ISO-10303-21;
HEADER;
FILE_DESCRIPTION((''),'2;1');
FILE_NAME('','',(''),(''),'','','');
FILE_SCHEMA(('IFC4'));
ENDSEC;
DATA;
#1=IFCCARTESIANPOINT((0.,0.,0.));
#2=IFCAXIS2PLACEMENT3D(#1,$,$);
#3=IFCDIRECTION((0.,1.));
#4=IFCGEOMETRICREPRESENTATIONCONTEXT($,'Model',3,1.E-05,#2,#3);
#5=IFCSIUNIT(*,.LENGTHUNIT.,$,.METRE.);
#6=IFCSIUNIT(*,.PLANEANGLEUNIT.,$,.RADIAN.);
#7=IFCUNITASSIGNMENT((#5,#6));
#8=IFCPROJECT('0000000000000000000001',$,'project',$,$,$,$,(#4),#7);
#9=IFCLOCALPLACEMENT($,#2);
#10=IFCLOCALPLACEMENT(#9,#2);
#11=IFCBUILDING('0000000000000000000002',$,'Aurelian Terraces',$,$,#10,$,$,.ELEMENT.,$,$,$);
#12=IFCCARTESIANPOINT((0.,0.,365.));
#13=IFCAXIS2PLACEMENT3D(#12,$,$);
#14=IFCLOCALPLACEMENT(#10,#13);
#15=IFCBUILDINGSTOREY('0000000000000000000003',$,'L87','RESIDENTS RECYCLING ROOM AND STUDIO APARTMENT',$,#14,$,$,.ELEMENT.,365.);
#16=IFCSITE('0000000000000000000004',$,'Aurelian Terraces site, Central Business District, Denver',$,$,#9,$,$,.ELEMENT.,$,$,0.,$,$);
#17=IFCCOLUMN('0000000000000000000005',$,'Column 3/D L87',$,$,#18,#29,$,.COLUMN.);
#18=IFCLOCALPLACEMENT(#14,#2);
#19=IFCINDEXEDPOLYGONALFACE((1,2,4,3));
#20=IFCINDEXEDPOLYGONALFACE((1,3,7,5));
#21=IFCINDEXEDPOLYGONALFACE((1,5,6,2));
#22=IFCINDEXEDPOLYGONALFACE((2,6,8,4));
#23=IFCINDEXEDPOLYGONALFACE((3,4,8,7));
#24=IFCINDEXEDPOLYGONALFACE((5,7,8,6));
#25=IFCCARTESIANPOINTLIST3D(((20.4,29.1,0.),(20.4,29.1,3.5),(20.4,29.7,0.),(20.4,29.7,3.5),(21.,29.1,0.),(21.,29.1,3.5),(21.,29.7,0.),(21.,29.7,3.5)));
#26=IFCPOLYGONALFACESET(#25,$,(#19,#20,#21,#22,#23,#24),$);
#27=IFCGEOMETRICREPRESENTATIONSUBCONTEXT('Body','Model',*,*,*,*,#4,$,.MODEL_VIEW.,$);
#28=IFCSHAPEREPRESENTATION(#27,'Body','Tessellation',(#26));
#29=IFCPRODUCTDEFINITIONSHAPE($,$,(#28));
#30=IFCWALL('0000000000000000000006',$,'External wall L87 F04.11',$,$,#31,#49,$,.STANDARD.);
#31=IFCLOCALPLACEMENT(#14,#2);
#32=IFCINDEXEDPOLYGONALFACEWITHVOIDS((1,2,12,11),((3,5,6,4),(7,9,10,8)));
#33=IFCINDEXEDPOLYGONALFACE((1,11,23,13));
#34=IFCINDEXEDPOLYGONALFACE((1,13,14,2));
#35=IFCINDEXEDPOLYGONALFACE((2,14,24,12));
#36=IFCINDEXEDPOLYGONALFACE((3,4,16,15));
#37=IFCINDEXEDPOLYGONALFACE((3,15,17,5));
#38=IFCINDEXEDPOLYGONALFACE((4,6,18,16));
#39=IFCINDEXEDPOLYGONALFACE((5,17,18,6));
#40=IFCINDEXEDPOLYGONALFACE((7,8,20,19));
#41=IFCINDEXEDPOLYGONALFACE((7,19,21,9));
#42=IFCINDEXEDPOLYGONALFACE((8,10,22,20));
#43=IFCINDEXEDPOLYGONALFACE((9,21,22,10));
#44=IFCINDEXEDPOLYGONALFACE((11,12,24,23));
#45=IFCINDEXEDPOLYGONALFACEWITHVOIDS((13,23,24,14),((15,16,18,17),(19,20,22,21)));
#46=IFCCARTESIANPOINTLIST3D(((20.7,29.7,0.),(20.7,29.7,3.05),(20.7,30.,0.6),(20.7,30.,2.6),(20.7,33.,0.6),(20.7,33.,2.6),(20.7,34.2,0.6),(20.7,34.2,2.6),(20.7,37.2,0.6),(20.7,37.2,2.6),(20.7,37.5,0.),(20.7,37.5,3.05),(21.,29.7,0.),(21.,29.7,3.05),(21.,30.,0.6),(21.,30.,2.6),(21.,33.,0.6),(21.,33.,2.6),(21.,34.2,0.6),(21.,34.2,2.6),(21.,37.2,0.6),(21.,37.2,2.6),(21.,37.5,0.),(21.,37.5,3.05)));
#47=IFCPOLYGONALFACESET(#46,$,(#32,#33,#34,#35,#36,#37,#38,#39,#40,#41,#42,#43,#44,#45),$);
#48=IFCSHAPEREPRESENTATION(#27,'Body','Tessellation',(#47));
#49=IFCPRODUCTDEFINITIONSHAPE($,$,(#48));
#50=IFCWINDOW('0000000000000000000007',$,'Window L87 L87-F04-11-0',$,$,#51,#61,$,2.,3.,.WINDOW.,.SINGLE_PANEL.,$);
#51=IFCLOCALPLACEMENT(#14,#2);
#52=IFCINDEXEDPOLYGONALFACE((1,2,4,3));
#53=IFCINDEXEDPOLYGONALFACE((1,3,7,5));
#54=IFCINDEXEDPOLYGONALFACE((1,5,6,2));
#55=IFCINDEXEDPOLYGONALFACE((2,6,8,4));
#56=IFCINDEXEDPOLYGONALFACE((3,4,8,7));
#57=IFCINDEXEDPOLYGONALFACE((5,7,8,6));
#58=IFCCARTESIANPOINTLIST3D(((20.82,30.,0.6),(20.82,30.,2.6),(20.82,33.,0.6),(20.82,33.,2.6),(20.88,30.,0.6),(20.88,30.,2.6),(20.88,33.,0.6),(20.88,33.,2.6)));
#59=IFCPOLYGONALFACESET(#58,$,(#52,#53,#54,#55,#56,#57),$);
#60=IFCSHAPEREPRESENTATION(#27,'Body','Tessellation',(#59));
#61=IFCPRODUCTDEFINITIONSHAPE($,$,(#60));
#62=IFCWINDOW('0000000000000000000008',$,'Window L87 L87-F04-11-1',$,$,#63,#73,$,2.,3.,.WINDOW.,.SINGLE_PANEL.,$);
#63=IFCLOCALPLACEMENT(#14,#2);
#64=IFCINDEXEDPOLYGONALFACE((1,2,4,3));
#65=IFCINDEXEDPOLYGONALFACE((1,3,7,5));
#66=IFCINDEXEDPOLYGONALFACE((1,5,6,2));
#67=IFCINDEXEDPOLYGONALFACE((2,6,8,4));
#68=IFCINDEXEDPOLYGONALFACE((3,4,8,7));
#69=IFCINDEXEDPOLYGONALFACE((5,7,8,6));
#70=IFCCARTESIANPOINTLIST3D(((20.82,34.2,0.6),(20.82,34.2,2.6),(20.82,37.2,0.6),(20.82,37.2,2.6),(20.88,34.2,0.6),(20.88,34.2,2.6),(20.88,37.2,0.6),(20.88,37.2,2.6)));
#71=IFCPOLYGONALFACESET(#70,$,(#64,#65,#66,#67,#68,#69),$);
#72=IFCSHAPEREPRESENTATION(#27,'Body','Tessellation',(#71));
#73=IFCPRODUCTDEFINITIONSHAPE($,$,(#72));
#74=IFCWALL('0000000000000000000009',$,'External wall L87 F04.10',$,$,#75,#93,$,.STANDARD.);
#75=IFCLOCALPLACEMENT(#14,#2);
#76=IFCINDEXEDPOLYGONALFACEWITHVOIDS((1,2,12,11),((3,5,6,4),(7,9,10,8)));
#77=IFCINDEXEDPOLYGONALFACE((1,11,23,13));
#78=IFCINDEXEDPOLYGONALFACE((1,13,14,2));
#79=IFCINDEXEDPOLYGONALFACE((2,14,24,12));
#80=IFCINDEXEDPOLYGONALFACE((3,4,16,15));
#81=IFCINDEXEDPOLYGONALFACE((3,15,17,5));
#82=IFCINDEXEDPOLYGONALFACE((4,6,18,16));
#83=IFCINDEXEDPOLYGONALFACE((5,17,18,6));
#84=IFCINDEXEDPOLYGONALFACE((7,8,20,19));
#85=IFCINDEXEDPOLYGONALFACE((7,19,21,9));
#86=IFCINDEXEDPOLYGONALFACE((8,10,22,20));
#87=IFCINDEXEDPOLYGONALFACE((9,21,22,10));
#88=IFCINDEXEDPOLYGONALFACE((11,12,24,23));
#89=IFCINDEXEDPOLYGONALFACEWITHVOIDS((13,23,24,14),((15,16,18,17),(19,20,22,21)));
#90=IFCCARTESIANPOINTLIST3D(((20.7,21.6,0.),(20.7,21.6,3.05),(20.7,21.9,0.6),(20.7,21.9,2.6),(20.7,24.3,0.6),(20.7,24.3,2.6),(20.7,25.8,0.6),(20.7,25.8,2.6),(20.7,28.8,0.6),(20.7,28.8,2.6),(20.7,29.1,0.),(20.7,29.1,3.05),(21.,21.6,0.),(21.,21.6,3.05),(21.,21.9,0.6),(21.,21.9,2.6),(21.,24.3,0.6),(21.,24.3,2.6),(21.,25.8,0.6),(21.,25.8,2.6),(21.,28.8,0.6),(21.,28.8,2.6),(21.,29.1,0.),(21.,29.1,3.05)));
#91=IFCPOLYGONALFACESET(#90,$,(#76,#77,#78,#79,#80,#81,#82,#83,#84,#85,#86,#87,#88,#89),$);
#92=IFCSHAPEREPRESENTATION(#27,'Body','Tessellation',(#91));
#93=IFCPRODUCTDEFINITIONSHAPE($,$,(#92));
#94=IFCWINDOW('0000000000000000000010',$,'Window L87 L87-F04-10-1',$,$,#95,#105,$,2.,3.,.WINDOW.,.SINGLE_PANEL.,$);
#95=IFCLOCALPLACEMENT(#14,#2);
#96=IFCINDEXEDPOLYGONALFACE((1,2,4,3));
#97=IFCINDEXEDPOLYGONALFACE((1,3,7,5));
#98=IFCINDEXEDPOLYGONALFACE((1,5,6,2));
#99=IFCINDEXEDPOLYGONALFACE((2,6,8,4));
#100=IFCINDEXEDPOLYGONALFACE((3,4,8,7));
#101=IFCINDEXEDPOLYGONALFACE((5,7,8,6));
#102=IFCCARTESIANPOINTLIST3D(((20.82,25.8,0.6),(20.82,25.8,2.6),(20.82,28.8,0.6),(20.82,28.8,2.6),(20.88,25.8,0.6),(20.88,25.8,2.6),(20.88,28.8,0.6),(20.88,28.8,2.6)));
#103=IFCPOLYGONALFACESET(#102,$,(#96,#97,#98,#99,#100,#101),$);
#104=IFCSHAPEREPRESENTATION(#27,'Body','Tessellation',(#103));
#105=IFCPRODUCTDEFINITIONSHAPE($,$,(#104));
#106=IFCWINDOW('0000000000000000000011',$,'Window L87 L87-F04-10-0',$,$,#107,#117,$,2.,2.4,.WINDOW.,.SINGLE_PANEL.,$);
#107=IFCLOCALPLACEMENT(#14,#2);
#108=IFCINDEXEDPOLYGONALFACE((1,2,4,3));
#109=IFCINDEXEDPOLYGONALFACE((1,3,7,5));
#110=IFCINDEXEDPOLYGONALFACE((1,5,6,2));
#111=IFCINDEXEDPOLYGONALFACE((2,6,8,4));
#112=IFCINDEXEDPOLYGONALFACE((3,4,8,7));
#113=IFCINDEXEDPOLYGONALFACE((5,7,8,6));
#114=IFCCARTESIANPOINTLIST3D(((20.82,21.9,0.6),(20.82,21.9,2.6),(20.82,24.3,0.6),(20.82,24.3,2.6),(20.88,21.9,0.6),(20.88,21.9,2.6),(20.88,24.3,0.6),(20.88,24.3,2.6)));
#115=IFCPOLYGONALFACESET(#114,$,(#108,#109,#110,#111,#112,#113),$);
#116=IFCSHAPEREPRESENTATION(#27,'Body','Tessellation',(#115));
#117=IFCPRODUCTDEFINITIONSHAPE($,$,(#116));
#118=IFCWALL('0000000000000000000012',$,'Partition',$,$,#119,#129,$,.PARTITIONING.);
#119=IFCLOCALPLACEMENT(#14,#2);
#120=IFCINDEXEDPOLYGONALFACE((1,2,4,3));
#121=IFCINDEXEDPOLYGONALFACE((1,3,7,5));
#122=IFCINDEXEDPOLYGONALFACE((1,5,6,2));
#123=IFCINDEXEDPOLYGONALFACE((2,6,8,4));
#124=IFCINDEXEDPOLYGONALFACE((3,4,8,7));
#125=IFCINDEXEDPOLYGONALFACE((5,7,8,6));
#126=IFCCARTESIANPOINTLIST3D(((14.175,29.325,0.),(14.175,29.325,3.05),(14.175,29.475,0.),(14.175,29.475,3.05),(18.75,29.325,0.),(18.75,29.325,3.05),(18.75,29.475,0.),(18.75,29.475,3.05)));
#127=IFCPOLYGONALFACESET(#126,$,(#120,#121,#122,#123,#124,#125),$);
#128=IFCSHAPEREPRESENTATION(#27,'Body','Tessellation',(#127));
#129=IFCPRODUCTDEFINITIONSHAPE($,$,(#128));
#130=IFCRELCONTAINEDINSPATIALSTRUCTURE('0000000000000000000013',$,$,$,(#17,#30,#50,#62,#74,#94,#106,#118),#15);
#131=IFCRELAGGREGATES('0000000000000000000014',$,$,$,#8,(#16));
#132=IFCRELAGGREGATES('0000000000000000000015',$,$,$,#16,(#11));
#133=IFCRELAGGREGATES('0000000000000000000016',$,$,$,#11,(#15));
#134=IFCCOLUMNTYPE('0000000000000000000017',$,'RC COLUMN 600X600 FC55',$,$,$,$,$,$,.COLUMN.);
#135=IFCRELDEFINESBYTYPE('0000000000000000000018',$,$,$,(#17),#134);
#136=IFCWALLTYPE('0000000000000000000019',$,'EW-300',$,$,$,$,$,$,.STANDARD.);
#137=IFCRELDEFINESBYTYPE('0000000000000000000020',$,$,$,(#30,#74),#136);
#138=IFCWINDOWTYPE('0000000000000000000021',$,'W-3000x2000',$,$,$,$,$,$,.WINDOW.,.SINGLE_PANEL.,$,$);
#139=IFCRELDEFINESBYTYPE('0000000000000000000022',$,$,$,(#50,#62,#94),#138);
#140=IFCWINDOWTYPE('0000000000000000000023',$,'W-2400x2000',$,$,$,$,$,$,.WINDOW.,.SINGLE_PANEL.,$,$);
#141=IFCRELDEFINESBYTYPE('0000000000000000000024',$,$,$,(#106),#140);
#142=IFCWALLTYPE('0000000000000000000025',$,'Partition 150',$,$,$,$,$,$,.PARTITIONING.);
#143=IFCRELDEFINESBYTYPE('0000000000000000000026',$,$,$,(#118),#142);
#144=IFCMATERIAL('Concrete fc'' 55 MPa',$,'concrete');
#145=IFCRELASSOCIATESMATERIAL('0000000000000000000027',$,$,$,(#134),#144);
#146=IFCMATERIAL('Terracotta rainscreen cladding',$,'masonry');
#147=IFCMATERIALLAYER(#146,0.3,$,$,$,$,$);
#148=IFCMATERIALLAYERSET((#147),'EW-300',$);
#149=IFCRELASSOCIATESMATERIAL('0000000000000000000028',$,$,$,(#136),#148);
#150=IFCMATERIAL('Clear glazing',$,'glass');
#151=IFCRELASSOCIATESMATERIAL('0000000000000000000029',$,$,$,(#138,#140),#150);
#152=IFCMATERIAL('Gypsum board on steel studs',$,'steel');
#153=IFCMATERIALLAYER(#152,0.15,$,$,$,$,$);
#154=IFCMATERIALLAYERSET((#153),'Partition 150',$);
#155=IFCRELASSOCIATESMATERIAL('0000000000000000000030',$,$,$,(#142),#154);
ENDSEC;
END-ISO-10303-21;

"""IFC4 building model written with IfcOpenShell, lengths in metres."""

from ifc_helpers import new_model, si_unit, direction, frame, frame_2d, origin, origin_2d, place, context, subcontext, project, spatial, rectangle, extrude, source, transform, mapped, material, layer, layer_set, material_profile, profile_set, type_object, element, fill, save


model = new_model("IFC4")

# Units and contexts
model_context = context("Model", 3, precision=1e-05, world=origin(), true_north=direction((0.0, 1.0)))
body_context = subcontext(model_context, "Body", "Model", "MODEL_VIEW")
ifc_project = project(units=[si_unit("LENGTHUNIT", "METRE"), si_unit("PLANEANGLEUNIT", "RADIAN")], contexts=[model_context])

# Site, building, storey
site_placement = place(None, origin())
site = spatial("IfcSite", under=ifc_project, at=site_placement, Name="Aurelian Terraces site, Central Business District, Denver", CompositionType="ELEMENT", RefElevation=0.0)
building_placement = place(site_placement, origin())
building = spatial("IfcBuilding", under=site, at=building_placement, Name="Aurelian Terraces", CompositionType="ELEMENT")
storey_placement = place(building_placement, frame((0.0, 0.0, 365.0)))
storey = spatial("IfcBuildingStorey", under=building, at=storey_placement, Name="L87", Description="RESIDENTS RECYCLING ROOM AND STUDIO APARTMENT", CompositionType="ELEMENT", Elevation=365.0)

# Column
ifc_material_1 = material(Name="Concrete fc' 55 MPa", Category="concrete")
ifc_material_profile = material_profile(ifc_material_1, rectangle(XDim=0.6, YDim=0.6, at=origin_2d()))
ifc_profile_set = profile_set([ifc_material_profile], Name="Concrete fc' 55 MPa")
column_type = type_object("IfcColumnType", Name="RC COLUMN 600X600 FC55", PredefinedType="COLUMN", material=ifc_profile_set)
shared_shape_1 = source(origin(), body_context, "Body", "SweptSolid", [
    extrude(rectangle(XDim=0.6, YDim=0.6, at=origin_2d()), origin(), (0.0, 0.0, 1.0), 3.5),
])
column_placement = place(storey_placement, frame((20.7, 29.4, 0.0), z_axis=(0.0, 0.0, 1.0), x_axis=(1.0, 0.0, 0.0)))
element("IfcColumn", 1, at=column_placement, inside=storey, type_object=column_type, Name="Column 3/D L87", PredefinedType="COLUMN", context=body_context, shape_type="MappedRepresentation", body=[
    mapped(shared_shape_1, transform((0.0, 0.0, 0.0), scale=1.0)),
])

# Walls, openings, windows
ifc_material_2 = material(Name="Terracotta rainscreen cladding", Category="masonry")
ifc_layer_1 = layer(ifc_material_2, 0.3)
ifc_layer_set_1 = layer_set([ifc_layer_1], Name="EW-300")
wall_type_1 = type_object("IfcWallType", Name="EW-300", PredefinedType="STANDARD", material=ifc_layer_set_1)
shared_shape_2 = source(origin(), body_context, "Body", "SweptSolid", [
    extrude(rectangle(XDim=7.8, YDim=0.3, at=frame_2d((3.9, 0.0))), origin(), (0.0, 0.0, 1.0), 3.05),
])
wall_1_placement = place(storey_placement, frame((20.85, 29.7, 0.0), z_axis=(0.0, 0.0, 1.0), x_axis=(0.0, 1.0, 0.0)))
wall_1 = element("IfcWall", 2, at=wall_1_placement, inside=storey, type_object=wall_type_1, Name="External wall L87 F04.11", PredefinedType="STANDARD", context=body_context, shape_type="MappedRepresentation", body=[
    mapped(shared_shape_2, transform((0.0, 0.0, 0.0), scale=1.0)),
])
shared_shape_3 = source(origin(), body_context, "Body", "SweptSolid", [
    extrude(rectangle(XDim=3.0, YDim=2.0, at=frame_2d((1.5, 1.0))), frame((0.0, 0.16, 0.0), z_axis=(0.0, -1.0, 0.0), x_axis=(1.0, 0.0, 0.0)), (0.0, 0.0, 1.0), 0.32),
])
opening_1_placement = place(wall_1_placement, frame((0.3, 0.0, 0.6)))
opening_1 = element("IfcOpeningElement", 3, at=opening_1_placement, cuts=wall_1, PredefinedType="OPENING", context=body_context, shape_type="MappedRepresentation", body=[
    mapped(shared_shape_3, transform((0.0, 0.0, 0.0), scale=1.0)),
])
opening_2_placement = place(wall_1_placement, frame((4.5, 0.0, 0.6)))
opening_2 = element("IfcOpeningElement", 4, at=opening_2_placement, cuts=wall_1, PredefinedType="OPENING", context=body_context, shape_type="MappedRepresentation", body=[
    mapped(shared_shape_3, transform((0.0, 0.0, 0.0), scale=1.0)),
])
ifc_material_3 = material(Name="Clear glazing", Category="glass")
window_type_1 = type_object("IfcWindowType", Name="W-3000x2000", PartitioningType="SINGLE_PANEL", PredefinedType="WINDOW", material=ifc_material_3)
shared_shape_4 = source(origin(), body_context, "Body", "SweptSolid", [
    extrude(rectangle(XDim=3.0, YDim=2.0, at=frame_2d((1.5, 1.0))), frame((0.0, 0.03, 0.0), z_axis=(0.0, -1.0, 0.0), x_axis=(1.0, 0.0, 0.0)), (0.0, 0.0, 1.0), 0.06),
])
window_1_placement = place(opening_1_placement, origin())
window_1 = element("IfcWindow", 5, at=window_1_placement, inside=storey, type_object=window_type_1, Name="Window L87 L87-F04-11-0", OverallHeight=2.0, OverallWidth=3.0, PartitioningType="SINGLE_PANEL", PredefinedType="WINDOW", context=body_context, shape_type="MappedRepresentation", body=[
    mapped(shared_shape_4, transform((0.0, 0.0, 0.0), scale=1.0)),
])
fill(opening_1, window_1)
window_2_placement = place(opening_2_placement, origin())
window_2 = element("IfcWindow", 6, at=window_2_placement, inside=storey, type_object=window_type_1, Name="Window L87 L87-F04-11-1", OverallHeight=2.0, OverallWidth=3.0, PartitioningType="SINGLE_PANEL", PredefinedType="WINDOW", context=body_context, shape_type="MappedRepresentation", body=[
    mapped(shared_shape_4, transform((0.0, 0.0, 0.0), scale=1.0)),
])
fill(opening_2, window_2)
shared_shape_5 = source(origin(), body_context, "Body", "SweptSolid", [
    extrude(rectangle(XDim=7.5, YDim=0.3, at=frame_2d((3.75, 0.0))), origin(), (0.0, 0.0, 1.0), 3.05),
])
wall_2_placement = place(storey_placement, frame((20.85, 21.6, 0.0), z_axis=(0.0, 0.0, 1.0), x_axis=(0.0, 1.0, 0.0)))
wall_2 = element("IfcWall", 7, at=wall_2_placement, inside=storey, type_object=wall_type_1, Name="External wall L87 F04.10", PredefinedType="STANDARD", context=body_context, shape_type="MappedRepresentation", body=[
    mapped(shared_shape_5, transform((0.0, 0.0, 0.0), scale=1.0)),
])
shared_shape_6 = source(origin(), body_context, "Body", "SweptSolid", [
    extrude(rectangle(XDim=2.4, YDim=2.0, at=frame_2d((1.2, 1.0))), frame((0.0, 0.16, 0.0), z_axis=(0.0, -1.0, 0.0), x_axis=(1.0, 0.0, 0.0)), (0.0, 0.0, 1.0), 0.32),
])
opening_3_placement = place(wall_2_placement, frame((0.3, 0.0, 0.6)))
opening_3 = element("IfcOpeningElement", 8, at=opening_3_placement, cuts=wall_2, PredefinedType="OPENING", context=body_context, shape_type="MappedRepresentation", body=[
    mapped(shared_shape_6, transform((0.0, 0.0, 0.0), scale=1.0)),
])
opening_4_placement = place(wall_2_placement, frame((4.2, 0.0, 0.6)))
opening_4 = element("IfcOpeningElement", 9, at=opening_4_placement, cuts=wall_2, PredefinedType="OPENING", context=body_context, shape_type="MappedRepresentation", body=[
    mapped(shared_shape_3, transform((0.0, 0.0, 0.0), scale=1.0)),
])
window_3_placement = place(opening_4_placement, origin())
window_3 = element("IfcWindow", 10, at=window_3_placement, inside=storey, type_object=window_type_1, Name="Window L87 L87-F04-10-1", OverallHeight=2.0, OverallWidth=3.0, PartitioningType="SINGLE_PANEL", PredefinedType="WINDOW", context=body_context, shape_type="MappedRepresentation", body=[
    mapped(shared_shape_4, transform((0.0, 0.0, 0.0), scale=1.0)),
])
fill(opening_4, window_3)
window_type_2 = type_object("IfcWindowType", Name="W-2400x2000", PartitioningType="SINGLE_PANEL", PredefinedType="WINDOW", material=ifc_material_3)
shared_shape_7 = source(origin(), body_context, "Body", "SweptSolid", [
    extrude(rectangle(XDim=2.4, YDim=2.0, at=frame_2d((1.2, 1.0))), frame((0.0, 0.03, 0.0), z_axis=(0.0, -1.0, 0.0), x_axis=(1.0, 0.0, 0.0)), (0.0, 0.0, 1.0), 0.06),
])
window_4_placement = place(opening_3_placement, origin())
window_4 = element("IfcWindow", 11, at=window_4_placement, inside=storey, type_object=window_type_2, Name="Window L87 L87-F04-10-0", OverallHeight=2.0, OverallWidth=2.4, PartitioningType="SINGLE_PANEL", PredefinedType="WINDOW", context=body_context, shape_type="MappedRepresentation", body=[
    mapped(shared_shape_7, transform((0.0, 0.0, 0.0), scale=1.0)),
])
fill(opening_3, window_4)

# Wall
ifc_material_4 = material(Name="Gypsum board on steel studs", Category="steel")
ifc_layer_2 = layer(ifc_material_4, 0.15)
ifc_layer_set_2 = layer_set([ifc_layer_2], Name="Partition 150")
wall_type_2 = type_object("IfcWallType", Name="Partition 150", PredefinedType="PARTITIONING", material=ifc_layer_set_2)
shared_shape_8 = source(origin(), body_context, "Body", "SweptSolid", [
    extrude(rectangle(XDim=4.575, YDim=0.15, at=frame_2d((2.2875, 0.0))), origin(), (0.0, 0.0, 1.0), 3.05),
])
wall_3_placement = place(storey_placement, frame((18.75, 29.4, 0.0), z_axis=(0.0, 0.0, 1.0), x_axis=(-1.0, 0.0, 0.0)))
element("IfcWall", 12, at=wall_3_placement, inside=storey, type_object=wall_type_2, Name="Partition", PredefinedType="PARTITIONING", context=body_context, shape_type="MappedRepresentation", body=[
    mapped(shared_shape_8, transform((0.0, 0.0, 0.0), scale=1.0)),
])

save(model, "model.ifc")
